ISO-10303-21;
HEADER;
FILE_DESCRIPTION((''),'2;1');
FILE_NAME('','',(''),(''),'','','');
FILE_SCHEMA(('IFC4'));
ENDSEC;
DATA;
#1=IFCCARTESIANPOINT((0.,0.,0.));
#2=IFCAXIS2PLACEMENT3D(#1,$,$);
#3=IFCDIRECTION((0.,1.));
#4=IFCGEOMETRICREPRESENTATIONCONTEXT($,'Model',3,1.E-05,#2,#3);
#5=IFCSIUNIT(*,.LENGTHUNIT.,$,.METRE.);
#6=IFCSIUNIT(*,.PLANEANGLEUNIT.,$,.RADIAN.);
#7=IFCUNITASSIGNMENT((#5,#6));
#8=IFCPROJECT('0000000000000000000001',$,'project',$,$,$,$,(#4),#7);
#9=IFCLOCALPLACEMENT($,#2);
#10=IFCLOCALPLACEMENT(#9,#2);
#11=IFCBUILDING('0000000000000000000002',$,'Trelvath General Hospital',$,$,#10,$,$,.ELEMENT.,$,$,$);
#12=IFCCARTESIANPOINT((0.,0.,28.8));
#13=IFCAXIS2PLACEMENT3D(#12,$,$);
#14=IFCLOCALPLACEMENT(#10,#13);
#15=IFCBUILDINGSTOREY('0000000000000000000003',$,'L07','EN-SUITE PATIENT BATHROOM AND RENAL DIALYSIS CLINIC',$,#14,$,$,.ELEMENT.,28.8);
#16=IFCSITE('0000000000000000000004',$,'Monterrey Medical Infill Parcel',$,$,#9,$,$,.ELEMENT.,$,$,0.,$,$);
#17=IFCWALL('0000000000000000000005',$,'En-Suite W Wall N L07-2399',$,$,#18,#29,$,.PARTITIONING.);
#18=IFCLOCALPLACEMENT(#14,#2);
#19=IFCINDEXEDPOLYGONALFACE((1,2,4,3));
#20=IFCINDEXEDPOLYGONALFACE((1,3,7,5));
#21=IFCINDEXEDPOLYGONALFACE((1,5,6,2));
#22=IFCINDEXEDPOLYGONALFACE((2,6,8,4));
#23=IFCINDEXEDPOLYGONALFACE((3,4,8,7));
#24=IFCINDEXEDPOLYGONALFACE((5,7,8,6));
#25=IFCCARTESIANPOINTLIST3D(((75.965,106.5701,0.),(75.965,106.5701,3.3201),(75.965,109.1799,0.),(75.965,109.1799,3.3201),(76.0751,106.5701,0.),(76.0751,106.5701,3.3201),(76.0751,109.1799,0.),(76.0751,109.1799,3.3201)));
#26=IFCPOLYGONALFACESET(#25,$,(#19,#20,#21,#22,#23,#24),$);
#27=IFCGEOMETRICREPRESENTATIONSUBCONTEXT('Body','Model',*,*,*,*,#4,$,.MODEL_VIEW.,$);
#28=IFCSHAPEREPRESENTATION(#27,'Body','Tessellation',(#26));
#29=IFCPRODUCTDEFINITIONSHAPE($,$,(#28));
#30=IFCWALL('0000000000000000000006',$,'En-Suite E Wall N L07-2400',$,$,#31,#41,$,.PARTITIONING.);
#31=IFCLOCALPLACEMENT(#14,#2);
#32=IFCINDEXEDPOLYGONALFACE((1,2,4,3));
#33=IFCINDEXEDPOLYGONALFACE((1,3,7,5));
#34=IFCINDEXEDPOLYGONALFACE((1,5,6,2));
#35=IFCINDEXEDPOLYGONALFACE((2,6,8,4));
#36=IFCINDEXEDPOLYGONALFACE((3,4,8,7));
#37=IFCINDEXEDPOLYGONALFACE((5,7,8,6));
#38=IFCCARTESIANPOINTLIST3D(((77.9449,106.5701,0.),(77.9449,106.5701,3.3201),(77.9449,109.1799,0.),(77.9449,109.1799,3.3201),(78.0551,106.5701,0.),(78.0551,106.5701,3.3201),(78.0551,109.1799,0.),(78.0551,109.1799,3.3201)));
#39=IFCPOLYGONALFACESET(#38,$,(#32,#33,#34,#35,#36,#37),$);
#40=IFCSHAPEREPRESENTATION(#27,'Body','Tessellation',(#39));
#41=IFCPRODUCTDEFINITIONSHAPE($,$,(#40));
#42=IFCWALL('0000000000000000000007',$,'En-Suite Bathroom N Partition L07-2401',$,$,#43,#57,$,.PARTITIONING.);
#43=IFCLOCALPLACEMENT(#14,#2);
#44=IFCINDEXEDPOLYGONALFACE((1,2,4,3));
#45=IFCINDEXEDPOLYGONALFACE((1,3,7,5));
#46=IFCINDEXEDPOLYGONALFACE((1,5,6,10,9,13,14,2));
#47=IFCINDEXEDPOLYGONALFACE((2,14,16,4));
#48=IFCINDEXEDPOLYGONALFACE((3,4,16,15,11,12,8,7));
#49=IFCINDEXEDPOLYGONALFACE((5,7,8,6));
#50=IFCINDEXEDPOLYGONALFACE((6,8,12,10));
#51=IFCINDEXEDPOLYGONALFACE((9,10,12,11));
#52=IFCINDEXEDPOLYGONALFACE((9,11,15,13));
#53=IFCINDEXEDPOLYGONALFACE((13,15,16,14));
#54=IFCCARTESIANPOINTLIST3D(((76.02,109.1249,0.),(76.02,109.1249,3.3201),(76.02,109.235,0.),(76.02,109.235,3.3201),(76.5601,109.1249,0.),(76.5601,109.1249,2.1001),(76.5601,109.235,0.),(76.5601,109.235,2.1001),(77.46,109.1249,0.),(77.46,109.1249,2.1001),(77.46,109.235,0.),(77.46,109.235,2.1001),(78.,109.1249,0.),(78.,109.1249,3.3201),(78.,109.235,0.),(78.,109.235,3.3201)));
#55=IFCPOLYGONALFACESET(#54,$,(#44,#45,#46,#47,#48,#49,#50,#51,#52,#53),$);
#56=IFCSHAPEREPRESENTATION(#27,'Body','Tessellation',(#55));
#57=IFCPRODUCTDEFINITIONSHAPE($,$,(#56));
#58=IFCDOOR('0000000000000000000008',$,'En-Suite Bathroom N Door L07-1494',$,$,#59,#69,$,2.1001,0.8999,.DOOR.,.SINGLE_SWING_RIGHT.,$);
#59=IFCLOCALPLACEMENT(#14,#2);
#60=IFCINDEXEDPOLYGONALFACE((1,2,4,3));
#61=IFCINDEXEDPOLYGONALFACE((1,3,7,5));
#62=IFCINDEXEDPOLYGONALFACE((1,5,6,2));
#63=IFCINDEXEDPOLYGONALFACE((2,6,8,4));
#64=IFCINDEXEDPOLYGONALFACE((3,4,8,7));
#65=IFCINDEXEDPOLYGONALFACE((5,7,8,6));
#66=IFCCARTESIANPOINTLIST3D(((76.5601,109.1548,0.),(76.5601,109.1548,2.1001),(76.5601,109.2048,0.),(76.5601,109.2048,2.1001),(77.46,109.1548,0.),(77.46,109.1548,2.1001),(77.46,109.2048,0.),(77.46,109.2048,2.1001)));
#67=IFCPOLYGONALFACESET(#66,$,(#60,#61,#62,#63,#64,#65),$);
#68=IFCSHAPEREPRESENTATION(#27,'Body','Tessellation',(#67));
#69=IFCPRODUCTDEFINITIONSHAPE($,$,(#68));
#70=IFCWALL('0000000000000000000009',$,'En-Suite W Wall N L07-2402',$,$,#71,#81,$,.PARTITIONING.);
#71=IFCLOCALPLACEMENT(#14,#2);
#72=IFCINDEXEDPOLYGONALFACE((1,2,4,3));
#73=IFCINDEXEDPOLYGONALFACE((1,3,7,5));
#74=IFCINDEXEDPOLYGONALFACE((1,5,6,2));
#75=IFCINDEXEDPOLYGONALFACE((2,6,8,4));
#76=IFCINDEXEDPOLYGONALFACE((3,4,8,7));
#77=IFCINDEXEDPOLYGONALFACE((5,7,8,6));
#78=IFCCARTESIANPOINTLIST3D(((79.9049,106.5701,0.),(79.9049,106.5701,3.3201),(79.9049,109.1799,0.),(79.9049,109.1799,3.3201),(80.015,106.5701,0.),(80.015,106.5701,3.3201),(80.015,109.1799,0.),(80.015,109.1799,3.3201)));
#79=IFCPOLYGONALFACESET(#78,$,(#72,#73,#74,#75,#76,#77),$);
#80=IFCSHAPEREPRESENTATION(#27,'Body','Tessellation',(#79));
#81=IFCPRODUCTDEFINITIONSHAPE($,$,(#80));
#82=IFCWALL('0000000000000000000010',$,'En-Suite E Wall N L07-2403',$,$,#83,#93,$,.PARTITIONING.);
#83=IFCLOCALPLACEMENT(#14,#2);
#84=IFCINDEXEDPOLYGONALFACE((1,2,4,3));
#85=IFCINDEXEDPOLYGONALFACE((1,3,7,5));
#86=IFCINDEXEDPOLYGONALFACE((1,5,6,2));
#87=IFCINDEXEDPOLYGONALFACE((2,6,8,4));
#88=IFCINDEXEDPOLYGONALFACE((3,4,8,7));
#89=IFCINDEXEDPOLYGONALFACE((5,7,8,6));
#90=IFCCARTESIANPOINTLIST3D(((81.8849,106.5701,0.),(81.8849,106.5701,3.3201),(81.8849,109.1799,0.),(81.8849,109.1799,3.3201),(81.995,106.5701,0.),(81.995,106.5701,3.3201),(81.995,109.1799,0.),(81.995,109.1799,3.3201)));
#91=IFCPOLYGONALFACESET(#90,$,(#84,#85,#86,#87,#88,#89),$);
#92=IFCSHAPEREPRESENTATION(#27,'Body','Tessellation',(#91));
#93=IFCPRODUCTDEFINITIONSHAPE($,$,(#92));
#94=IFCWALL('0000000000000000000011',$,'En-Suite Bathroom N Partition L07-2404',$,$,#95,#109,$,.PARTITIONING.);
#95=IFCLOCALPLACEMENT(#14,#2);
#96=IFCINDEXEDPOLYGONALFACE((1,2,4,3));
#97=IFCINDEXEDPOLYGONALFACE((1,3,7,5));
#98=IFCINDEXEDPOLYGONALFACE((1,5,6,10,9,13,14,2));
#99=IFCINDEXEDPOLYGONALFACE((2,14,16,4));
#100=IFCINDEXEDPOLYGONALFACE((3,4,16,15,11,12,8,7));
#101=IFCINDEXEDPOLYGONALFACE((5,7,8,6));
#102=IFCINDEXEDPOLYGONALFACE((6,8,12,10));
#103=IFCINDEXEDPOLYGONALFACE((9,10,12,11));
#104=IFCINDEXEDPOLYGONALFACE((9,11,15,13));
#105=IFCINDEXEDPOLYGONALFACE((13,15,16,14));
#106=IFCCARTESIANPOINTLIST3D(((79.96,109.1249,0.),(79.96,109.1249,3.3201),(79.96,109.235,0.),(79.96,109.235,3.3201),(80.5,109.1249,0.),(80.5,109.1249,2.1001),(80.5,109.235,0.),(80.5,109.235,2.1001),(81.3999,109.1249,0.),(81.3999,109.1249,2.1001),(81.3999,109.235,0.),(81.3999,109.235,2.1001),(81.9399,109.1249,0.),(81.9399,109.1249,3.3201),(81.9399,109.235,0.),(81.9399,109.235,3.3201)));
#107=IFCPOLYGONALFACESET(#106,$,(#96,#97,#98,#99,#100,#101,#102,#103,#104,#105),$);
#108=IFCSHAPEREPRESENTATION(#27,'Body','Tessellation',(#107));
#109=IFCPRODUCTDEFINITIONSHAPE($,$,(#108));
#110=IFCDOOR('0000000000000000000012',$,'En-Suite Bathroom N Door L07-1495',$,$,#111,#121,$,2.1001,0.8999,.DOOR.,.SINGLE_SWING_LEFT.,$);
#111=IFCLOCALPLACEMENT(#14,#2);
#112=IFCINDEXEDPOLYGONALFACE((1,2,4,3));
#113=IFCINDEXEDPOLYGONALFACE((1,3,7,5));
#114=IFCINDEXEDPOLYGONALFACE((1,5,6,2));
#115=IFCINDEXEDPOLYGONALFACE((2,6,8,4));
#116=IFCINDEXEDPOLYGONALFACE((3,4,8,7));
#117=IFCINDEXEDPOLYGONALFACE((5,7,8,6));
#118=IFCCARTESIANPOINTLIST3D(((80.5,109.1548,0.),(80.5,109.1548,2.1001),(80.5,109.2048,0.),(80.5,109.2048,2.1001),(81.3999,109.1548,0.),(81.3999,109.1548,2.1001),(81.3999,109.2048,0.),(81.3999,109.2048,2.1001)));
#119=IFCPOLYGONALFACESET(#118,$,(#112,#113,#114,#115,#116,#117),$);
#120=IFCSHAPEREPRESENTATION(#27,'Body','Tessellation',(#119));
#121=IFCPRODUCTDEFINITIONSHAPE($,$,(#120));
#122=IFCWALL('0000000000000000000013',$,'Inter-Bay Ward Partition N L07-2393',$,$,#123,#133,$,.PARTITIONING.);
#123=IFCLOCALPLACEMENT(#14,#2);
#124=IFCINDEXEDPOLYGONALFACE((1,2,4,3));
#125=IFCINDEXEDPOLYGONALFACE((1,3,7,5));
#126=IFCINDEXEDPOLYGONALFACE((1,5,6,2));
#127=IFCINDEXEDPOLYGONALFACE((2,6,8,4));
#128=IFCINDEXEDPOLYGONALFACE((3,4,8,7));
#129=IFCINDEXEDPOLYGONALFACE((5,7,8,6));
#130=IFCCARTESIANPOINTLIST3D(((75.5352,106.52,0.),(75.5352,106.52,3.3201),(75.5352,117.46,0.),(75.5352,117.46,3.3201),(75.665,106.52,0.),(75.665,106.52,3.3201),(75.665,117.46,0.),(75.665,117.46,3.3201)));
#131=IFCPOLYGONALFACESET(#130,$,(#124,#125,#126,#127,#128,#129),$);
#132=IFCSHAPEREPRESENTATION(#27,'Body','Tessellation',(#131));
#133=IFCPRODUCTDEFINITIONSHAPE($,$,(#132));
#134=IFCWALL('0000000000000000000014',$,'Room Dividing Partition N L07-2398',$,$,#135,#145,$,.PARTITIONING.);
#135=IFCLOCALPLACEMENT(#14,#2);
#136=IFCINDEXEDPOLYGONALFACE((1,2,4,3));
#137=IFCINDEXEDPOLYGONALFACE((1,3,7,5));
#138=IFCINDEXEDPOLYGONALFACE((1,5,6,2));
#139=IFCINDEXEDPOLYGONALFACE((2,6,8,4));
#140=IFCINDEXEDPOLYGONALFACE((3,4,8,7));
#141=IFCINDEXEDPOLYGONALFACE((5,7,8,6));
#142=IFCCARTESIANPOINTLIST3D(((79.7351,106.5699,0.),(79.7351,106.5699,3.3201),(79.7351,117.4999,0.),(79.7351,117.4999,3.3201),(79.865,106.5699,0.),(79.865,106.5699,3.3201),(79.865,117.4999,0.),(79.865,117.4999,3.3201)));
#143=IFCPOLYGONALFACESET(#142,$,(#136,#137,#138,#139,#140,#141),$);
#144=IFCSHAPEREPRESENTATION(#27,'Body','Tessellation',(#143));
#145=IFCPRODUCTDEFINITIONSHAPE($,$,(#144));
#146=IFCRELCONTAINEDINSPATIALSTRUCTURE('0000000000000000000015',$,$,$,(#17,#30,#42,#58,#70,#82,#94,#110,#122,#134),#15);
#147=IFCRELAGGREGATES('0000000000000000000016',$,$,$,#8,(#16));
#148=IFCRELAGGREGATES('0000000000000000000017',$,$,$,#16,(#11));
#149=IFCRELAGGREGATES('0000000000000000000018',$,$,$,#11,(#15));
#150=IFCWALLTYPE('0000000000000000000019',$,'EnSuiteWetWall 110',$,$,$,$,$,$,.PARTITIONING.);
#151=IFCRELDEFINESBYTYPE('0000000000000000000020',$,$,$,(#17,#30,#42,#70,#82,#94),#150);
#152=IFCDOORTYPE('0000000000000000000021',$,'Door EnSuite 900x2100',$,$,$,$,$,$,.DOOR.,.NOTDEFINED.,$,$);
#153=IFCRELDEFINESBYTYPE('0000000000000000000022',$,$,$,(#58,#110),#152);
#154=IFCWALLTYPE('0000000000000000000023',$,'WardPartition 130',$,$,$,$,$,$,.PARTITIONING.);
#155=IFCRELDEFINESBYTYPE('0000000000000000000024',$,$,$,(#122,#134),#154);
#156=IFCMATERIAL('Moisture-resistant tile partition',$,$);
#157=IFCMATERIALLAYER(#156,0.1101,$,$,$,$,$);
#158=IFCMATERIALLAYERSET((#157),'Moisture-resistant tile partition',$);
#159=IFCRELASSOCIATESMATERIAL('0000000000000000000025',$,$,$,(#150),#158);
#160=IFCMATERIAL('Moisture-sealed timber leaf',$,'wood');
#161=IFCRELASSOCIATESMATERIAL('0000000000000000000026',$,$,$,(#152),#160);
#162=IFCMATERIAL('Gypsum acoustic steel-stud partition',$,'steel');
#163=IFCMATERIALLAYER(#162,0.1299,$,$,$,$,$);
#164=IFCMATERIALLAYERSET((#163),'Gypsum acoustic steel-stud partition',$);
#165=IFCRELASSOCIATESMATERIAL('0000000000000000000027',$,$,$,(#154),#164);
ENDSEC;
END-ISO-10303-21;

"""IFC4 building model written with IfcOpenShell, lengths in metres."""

from ifc_helpers import new_model, si_unit, direction, frame, frame_2d, origin, place, context, subcontext, project, spatial, rectangle, extrude, material, layer, layer_set, type_object, element, fill, save


model = new_model("IFC4")

# Units and contexts
model_context = context("Model", 3, precision=1e-05, world=origin(), true_north=direction((0.0, 1.0)))
body_context = subcontext(model_context, "Body", "Model", "MODEL_VIEW")
ifc_project = project(units=[si_unit("LENGTHUNIT", "METRE"), si_unit("PLANEANGLEUNIT", "RADIAN")], contexts=[model_context])

# Site, building, storey
site_placement = place(None, origin())
site = spatial("IfcSite", under=ifc_project, at=site_placement, Name="Monterrey Medical Infill Parcel", CompositionType="ELEMENT", RefElevation=0.0)
building_placement = place(site_placement, origin())
building = spatial("IfcBuilding", under=site, at=building_placement, Name="Trelvath General Hospital", CompositionType="ELEMENT")
storey_placement = place(building_placement, frame((0.0, 0.0, 28.8)))
storey = spatial("IfcBuildingStorey", under=building, at=storey_placement, Name="L07", Description="EN-SUITE PATIENT BATHROOM AND RENAL DIALYSIS CLINIC", CompositionType="ELEMENT", Elevation=28.8)

# Walls
ifc_material_1 = material(Name="Moisture-resistant tile partition")
ifc_layer_1 = layer(ifc_material_1, 0.1101)
ifc_layer_set_1 = layer_set([ifc_layer_1], Name="Moisture-resistant tile partition")
wall_type_1 = type_object("IfcWallType", Name="EnSuiteWetWall 110", PredefinedType="PARTITIONING", material=ifc_layer_set_1)
for number, where, z_axis, x_axis, name in (
    (1, (76.02, 106.5701, 0.0), (0.0, 0.0, 1.0), (0.0, 1.0, 0.0), "En-Suite W Wall N L07-2399"),
    (2, (78.0, 106.5701, 0.0), (0.0, 0.0, 1.0), (0.0, 1.0, 0.0), "En-Suite E Wall N L07-2400"),
):
    element("IfcWall", number, at=place(storey_placement, frame(where, z_axis=z_axis, x_axis=x_axis)), inside=storey, type_object=wall_type_1, Name=name, PredefinedType="PARTITIONING", context=body_context, shape_type="SweptSolid", body=[
        extrude(rectangle(XDim=2.6099, YDim=0.1101, at=frame_2d((1.3049, 0.0))), origin(), (0.0, 0.0, 1.0), 3.3201),
    ])

# Wall, opening, door
wall_1_placement = place(storey_placement, frame((76.02, 109.1799, 0.0), z_axis=(0.0, 0.0, 1.0), x_axis=(1.0, 0.0, 0.0)))
wall_1 = element("IfcWall", 3, at=wall_1_placement, inside=storey, type_object=wall_type_1, Name="En-Suite Bathroom N Partition L07-2401", PredefinedType="PARTITIONING", context=body_context, shape_type="SweptSolid", body=[
    extrude(rectangle(XDim=1.98, YDim=0.1101, at=frame_2d((0.99, 0.0))), origin(), (0.0, 0.0, 1.0), 3.3201),
])
opening_1_placement = place(wall_1_placement, frame((0.54, 0.0, 0.0)))
opening_1 = element("IfcOpeningElement", 4, at=opening_1_placement, cuts=wall_1, PredefinedType="OPENING", context=body_context, shape_type="SweptSolid", body=[
    extrude(rectangle(XDim=0.8999, YDim=2.1001, at=frame_2d((0.45, 1.05))), frame((0.0, 0.0649, 0.0), z_axis=(0.0, -1.0, 0.0), x_axis=(1.0, 0.0, 0.0)), (0.0, 0.0, 1.0), 0.1301),
])
ifc_material_2 = material(Name="Moisture-sealed timber leaf", Category="wood")
door_type_1 = type_object("IfcDoorType", Name="Door EnSuite 900x2100", OperationType="NOTDEFINED", PredefinedType="DOOR", material=ifc_material_2)
door_1_placement = place(opening_1_placement, origin())
door_1 = element("IfcDoor", 5, at=door_1_placement, inside=storey, type_object=door_type_1, Name="En-Suite Bathroom N Door L07-1494", OperationType="SINGLE_SWING_RIGHT", OverallHeight=2.1001, OverallWidth=0.8999, PredefinedType="DOOR", context=body_context, shape_type="SweptSolid", body=[
    extrude(rectangle(XDim=0.8999, YDim=2.1001, at=frame_2d((0.45, 1.05))), frame((0.0, 0.0249, 0.0), z_axis=(0.0, -1.0, 0.0), x_axis=(1.0, 0.0, 0.0)), (0.0, 0.0, 1.0), 0.05),
])
fill(opening_1, door_1)

# Walls
for number, where, z_axis, x_axis, name in (
    (6, (79.96, 106.5701, 0.0), (0.0, 0.0, 1.0), (0.0, 1.0, 0.0), "En-Suite W Wall N L07-2402"),
    (7, (81.9399, 106.5701, 0.0), (0.0, 0.0, 1.0), (0.0, 1.0, 0.0), "En-Suite E Wall N L07-2403"),
):
    element("IfcWall", number, at=place(storey_placement, frame(where, z_axis=z_axis, x_axis=x_axis)), inside=storey, type_object=wall_type_1, Name=name, PredefinedType="PARTITIONING", context=body_context, shape_type="SweptSolid", body=[
        extrude(rectangle(XDim=2.6099, YDim=0.1101, at=frame_2d((1.3049, 0.0))), origin(), (0.0, 0.0, 1.0), 3.3201),
    ])

# Wall, opening, door
wall_2_placement = place(storey_placement, frame((79.96, 109.1799, 0.0), z_axis=(0.0, 0.0, 1.0), x_axis=(1.0, 0.0, 0.0)))
wall_2 = element("IfcWall", 8, at=wall_2_placement, inside=storey, type_object=wall_type_1, Name="En-Suite Bathroom N Partition L07-2404", PredefinedType="PARTITIONING", context=body_context, shape_type="SweptSolid", body=[
    extrude(rectangle(XDim=1.98, YDim=0.1101, at=frame_2d((0.99, 0.0))), origin(), (0.0, 0.0, 1.0), 3.3201),
])
opening_2_placement = place(wall_2_placement, frame((0.54, 0.0, 0.0)))
opening_2 = element("IfcOpeningElement", 9, at=opening_2_placement, cuts=wall_2, PredefinedType="OPENING", context=body_context, shape_type="SweptSolid", body=[
    extrude(rectangle(XDim=0.8999, YDim=2.1001, at=frame_2d((0.45, 1.05))), frame((0.0, 0.0649, 0.0), z_axis=(0.0, -1.0, 0.0), x_axis=(1.0, 0.0, 0.0)), (0.0, 0.0, 1.0), 0.1301),
])
door_2_placement = place(opening_2_placement, origin())
door_2 = element("IfcDoor", 10, at=door_2_placement, inside=storey, type_object=door_type_1, Name="En-Suite Bathroom N Door L07-1495", OperationType="SINGLE_SWING_LEFT", OverallHeight=2.1001, OverallWidth=0.8999, PredefinedType="DOOR", context=body_context, shape_type="SweptSolid", body=[
    extrude(rectangle(XDim=0.8999, YDim=2.1001, at=frame_2d((0.45, 1.05))), frame((0.0, 0.0249, 0.0), z_axis=(0.0, -1.0, 0.0), x_axis=(1.0, 0.0, 0.0)), (0.0, 0.0, 1.0), 0.05),
])
fill(opening_2, door_2)

# Walls
ifc_material_3 = material(Name="Gypsum acoustic steel-stud partition", Category="steel")
ifc_layer_2 = layer(ifc_material_3, 0.1299)
ifc_layer_set_2 = layer_set([ifc_layer_2], Name="Gypsum acoustic steel-stud partition")
wall_type_2 = type_object("IfcWallType", Name="WardPartition 130", PredefinedType="PARTITIONING", material=ifc_layer_set_2)
wall_3_placement = place(storey_placement, frame((75.6001, 106.52, 0.0), z_axis=(0.0, 0.0, 1.0), x_axis=(0.0, 1.0, 0.0)))
element("IfcWall", 11, at=wall_3_placement, inside=storey, type_object=wall_type_2, Name="Inter-Bay Ward Partition N L07-2393", PredefinedType="PARTITIONING", context=body_context, shape_type="SweptSolid", body=[
    extrude(rectangle(XDim=10.9399, YDim=0.1299, at=frame_2d((5.47, 0.0))), origin(), (0.0, 0.0, 1.0), 3.3201),
])
wall_4_placement = place(storey_placement, frame((79.8, 106.5701, 0.0), z_axis=(0.0, 0.0, 1.0), x_axis=(0.0, 1.0, 0.0)))
element("IfcWall", 12, at=wall_4_placement, inside=storey, type_object=wall_type_2, Name="Room Dividing Partition N L07-2398", PredefinedType="PARTITIONING", context=body_context, shape_type="SweptSolid", body=[
    extrude(rectangle(XDim=10.9299, YDim=0.1299, at=frame_2d((5.4648, 0.0))), origin(), (0.0, 0.0, 1.0), 3.3201),
])

save(model, "model.ifc")
